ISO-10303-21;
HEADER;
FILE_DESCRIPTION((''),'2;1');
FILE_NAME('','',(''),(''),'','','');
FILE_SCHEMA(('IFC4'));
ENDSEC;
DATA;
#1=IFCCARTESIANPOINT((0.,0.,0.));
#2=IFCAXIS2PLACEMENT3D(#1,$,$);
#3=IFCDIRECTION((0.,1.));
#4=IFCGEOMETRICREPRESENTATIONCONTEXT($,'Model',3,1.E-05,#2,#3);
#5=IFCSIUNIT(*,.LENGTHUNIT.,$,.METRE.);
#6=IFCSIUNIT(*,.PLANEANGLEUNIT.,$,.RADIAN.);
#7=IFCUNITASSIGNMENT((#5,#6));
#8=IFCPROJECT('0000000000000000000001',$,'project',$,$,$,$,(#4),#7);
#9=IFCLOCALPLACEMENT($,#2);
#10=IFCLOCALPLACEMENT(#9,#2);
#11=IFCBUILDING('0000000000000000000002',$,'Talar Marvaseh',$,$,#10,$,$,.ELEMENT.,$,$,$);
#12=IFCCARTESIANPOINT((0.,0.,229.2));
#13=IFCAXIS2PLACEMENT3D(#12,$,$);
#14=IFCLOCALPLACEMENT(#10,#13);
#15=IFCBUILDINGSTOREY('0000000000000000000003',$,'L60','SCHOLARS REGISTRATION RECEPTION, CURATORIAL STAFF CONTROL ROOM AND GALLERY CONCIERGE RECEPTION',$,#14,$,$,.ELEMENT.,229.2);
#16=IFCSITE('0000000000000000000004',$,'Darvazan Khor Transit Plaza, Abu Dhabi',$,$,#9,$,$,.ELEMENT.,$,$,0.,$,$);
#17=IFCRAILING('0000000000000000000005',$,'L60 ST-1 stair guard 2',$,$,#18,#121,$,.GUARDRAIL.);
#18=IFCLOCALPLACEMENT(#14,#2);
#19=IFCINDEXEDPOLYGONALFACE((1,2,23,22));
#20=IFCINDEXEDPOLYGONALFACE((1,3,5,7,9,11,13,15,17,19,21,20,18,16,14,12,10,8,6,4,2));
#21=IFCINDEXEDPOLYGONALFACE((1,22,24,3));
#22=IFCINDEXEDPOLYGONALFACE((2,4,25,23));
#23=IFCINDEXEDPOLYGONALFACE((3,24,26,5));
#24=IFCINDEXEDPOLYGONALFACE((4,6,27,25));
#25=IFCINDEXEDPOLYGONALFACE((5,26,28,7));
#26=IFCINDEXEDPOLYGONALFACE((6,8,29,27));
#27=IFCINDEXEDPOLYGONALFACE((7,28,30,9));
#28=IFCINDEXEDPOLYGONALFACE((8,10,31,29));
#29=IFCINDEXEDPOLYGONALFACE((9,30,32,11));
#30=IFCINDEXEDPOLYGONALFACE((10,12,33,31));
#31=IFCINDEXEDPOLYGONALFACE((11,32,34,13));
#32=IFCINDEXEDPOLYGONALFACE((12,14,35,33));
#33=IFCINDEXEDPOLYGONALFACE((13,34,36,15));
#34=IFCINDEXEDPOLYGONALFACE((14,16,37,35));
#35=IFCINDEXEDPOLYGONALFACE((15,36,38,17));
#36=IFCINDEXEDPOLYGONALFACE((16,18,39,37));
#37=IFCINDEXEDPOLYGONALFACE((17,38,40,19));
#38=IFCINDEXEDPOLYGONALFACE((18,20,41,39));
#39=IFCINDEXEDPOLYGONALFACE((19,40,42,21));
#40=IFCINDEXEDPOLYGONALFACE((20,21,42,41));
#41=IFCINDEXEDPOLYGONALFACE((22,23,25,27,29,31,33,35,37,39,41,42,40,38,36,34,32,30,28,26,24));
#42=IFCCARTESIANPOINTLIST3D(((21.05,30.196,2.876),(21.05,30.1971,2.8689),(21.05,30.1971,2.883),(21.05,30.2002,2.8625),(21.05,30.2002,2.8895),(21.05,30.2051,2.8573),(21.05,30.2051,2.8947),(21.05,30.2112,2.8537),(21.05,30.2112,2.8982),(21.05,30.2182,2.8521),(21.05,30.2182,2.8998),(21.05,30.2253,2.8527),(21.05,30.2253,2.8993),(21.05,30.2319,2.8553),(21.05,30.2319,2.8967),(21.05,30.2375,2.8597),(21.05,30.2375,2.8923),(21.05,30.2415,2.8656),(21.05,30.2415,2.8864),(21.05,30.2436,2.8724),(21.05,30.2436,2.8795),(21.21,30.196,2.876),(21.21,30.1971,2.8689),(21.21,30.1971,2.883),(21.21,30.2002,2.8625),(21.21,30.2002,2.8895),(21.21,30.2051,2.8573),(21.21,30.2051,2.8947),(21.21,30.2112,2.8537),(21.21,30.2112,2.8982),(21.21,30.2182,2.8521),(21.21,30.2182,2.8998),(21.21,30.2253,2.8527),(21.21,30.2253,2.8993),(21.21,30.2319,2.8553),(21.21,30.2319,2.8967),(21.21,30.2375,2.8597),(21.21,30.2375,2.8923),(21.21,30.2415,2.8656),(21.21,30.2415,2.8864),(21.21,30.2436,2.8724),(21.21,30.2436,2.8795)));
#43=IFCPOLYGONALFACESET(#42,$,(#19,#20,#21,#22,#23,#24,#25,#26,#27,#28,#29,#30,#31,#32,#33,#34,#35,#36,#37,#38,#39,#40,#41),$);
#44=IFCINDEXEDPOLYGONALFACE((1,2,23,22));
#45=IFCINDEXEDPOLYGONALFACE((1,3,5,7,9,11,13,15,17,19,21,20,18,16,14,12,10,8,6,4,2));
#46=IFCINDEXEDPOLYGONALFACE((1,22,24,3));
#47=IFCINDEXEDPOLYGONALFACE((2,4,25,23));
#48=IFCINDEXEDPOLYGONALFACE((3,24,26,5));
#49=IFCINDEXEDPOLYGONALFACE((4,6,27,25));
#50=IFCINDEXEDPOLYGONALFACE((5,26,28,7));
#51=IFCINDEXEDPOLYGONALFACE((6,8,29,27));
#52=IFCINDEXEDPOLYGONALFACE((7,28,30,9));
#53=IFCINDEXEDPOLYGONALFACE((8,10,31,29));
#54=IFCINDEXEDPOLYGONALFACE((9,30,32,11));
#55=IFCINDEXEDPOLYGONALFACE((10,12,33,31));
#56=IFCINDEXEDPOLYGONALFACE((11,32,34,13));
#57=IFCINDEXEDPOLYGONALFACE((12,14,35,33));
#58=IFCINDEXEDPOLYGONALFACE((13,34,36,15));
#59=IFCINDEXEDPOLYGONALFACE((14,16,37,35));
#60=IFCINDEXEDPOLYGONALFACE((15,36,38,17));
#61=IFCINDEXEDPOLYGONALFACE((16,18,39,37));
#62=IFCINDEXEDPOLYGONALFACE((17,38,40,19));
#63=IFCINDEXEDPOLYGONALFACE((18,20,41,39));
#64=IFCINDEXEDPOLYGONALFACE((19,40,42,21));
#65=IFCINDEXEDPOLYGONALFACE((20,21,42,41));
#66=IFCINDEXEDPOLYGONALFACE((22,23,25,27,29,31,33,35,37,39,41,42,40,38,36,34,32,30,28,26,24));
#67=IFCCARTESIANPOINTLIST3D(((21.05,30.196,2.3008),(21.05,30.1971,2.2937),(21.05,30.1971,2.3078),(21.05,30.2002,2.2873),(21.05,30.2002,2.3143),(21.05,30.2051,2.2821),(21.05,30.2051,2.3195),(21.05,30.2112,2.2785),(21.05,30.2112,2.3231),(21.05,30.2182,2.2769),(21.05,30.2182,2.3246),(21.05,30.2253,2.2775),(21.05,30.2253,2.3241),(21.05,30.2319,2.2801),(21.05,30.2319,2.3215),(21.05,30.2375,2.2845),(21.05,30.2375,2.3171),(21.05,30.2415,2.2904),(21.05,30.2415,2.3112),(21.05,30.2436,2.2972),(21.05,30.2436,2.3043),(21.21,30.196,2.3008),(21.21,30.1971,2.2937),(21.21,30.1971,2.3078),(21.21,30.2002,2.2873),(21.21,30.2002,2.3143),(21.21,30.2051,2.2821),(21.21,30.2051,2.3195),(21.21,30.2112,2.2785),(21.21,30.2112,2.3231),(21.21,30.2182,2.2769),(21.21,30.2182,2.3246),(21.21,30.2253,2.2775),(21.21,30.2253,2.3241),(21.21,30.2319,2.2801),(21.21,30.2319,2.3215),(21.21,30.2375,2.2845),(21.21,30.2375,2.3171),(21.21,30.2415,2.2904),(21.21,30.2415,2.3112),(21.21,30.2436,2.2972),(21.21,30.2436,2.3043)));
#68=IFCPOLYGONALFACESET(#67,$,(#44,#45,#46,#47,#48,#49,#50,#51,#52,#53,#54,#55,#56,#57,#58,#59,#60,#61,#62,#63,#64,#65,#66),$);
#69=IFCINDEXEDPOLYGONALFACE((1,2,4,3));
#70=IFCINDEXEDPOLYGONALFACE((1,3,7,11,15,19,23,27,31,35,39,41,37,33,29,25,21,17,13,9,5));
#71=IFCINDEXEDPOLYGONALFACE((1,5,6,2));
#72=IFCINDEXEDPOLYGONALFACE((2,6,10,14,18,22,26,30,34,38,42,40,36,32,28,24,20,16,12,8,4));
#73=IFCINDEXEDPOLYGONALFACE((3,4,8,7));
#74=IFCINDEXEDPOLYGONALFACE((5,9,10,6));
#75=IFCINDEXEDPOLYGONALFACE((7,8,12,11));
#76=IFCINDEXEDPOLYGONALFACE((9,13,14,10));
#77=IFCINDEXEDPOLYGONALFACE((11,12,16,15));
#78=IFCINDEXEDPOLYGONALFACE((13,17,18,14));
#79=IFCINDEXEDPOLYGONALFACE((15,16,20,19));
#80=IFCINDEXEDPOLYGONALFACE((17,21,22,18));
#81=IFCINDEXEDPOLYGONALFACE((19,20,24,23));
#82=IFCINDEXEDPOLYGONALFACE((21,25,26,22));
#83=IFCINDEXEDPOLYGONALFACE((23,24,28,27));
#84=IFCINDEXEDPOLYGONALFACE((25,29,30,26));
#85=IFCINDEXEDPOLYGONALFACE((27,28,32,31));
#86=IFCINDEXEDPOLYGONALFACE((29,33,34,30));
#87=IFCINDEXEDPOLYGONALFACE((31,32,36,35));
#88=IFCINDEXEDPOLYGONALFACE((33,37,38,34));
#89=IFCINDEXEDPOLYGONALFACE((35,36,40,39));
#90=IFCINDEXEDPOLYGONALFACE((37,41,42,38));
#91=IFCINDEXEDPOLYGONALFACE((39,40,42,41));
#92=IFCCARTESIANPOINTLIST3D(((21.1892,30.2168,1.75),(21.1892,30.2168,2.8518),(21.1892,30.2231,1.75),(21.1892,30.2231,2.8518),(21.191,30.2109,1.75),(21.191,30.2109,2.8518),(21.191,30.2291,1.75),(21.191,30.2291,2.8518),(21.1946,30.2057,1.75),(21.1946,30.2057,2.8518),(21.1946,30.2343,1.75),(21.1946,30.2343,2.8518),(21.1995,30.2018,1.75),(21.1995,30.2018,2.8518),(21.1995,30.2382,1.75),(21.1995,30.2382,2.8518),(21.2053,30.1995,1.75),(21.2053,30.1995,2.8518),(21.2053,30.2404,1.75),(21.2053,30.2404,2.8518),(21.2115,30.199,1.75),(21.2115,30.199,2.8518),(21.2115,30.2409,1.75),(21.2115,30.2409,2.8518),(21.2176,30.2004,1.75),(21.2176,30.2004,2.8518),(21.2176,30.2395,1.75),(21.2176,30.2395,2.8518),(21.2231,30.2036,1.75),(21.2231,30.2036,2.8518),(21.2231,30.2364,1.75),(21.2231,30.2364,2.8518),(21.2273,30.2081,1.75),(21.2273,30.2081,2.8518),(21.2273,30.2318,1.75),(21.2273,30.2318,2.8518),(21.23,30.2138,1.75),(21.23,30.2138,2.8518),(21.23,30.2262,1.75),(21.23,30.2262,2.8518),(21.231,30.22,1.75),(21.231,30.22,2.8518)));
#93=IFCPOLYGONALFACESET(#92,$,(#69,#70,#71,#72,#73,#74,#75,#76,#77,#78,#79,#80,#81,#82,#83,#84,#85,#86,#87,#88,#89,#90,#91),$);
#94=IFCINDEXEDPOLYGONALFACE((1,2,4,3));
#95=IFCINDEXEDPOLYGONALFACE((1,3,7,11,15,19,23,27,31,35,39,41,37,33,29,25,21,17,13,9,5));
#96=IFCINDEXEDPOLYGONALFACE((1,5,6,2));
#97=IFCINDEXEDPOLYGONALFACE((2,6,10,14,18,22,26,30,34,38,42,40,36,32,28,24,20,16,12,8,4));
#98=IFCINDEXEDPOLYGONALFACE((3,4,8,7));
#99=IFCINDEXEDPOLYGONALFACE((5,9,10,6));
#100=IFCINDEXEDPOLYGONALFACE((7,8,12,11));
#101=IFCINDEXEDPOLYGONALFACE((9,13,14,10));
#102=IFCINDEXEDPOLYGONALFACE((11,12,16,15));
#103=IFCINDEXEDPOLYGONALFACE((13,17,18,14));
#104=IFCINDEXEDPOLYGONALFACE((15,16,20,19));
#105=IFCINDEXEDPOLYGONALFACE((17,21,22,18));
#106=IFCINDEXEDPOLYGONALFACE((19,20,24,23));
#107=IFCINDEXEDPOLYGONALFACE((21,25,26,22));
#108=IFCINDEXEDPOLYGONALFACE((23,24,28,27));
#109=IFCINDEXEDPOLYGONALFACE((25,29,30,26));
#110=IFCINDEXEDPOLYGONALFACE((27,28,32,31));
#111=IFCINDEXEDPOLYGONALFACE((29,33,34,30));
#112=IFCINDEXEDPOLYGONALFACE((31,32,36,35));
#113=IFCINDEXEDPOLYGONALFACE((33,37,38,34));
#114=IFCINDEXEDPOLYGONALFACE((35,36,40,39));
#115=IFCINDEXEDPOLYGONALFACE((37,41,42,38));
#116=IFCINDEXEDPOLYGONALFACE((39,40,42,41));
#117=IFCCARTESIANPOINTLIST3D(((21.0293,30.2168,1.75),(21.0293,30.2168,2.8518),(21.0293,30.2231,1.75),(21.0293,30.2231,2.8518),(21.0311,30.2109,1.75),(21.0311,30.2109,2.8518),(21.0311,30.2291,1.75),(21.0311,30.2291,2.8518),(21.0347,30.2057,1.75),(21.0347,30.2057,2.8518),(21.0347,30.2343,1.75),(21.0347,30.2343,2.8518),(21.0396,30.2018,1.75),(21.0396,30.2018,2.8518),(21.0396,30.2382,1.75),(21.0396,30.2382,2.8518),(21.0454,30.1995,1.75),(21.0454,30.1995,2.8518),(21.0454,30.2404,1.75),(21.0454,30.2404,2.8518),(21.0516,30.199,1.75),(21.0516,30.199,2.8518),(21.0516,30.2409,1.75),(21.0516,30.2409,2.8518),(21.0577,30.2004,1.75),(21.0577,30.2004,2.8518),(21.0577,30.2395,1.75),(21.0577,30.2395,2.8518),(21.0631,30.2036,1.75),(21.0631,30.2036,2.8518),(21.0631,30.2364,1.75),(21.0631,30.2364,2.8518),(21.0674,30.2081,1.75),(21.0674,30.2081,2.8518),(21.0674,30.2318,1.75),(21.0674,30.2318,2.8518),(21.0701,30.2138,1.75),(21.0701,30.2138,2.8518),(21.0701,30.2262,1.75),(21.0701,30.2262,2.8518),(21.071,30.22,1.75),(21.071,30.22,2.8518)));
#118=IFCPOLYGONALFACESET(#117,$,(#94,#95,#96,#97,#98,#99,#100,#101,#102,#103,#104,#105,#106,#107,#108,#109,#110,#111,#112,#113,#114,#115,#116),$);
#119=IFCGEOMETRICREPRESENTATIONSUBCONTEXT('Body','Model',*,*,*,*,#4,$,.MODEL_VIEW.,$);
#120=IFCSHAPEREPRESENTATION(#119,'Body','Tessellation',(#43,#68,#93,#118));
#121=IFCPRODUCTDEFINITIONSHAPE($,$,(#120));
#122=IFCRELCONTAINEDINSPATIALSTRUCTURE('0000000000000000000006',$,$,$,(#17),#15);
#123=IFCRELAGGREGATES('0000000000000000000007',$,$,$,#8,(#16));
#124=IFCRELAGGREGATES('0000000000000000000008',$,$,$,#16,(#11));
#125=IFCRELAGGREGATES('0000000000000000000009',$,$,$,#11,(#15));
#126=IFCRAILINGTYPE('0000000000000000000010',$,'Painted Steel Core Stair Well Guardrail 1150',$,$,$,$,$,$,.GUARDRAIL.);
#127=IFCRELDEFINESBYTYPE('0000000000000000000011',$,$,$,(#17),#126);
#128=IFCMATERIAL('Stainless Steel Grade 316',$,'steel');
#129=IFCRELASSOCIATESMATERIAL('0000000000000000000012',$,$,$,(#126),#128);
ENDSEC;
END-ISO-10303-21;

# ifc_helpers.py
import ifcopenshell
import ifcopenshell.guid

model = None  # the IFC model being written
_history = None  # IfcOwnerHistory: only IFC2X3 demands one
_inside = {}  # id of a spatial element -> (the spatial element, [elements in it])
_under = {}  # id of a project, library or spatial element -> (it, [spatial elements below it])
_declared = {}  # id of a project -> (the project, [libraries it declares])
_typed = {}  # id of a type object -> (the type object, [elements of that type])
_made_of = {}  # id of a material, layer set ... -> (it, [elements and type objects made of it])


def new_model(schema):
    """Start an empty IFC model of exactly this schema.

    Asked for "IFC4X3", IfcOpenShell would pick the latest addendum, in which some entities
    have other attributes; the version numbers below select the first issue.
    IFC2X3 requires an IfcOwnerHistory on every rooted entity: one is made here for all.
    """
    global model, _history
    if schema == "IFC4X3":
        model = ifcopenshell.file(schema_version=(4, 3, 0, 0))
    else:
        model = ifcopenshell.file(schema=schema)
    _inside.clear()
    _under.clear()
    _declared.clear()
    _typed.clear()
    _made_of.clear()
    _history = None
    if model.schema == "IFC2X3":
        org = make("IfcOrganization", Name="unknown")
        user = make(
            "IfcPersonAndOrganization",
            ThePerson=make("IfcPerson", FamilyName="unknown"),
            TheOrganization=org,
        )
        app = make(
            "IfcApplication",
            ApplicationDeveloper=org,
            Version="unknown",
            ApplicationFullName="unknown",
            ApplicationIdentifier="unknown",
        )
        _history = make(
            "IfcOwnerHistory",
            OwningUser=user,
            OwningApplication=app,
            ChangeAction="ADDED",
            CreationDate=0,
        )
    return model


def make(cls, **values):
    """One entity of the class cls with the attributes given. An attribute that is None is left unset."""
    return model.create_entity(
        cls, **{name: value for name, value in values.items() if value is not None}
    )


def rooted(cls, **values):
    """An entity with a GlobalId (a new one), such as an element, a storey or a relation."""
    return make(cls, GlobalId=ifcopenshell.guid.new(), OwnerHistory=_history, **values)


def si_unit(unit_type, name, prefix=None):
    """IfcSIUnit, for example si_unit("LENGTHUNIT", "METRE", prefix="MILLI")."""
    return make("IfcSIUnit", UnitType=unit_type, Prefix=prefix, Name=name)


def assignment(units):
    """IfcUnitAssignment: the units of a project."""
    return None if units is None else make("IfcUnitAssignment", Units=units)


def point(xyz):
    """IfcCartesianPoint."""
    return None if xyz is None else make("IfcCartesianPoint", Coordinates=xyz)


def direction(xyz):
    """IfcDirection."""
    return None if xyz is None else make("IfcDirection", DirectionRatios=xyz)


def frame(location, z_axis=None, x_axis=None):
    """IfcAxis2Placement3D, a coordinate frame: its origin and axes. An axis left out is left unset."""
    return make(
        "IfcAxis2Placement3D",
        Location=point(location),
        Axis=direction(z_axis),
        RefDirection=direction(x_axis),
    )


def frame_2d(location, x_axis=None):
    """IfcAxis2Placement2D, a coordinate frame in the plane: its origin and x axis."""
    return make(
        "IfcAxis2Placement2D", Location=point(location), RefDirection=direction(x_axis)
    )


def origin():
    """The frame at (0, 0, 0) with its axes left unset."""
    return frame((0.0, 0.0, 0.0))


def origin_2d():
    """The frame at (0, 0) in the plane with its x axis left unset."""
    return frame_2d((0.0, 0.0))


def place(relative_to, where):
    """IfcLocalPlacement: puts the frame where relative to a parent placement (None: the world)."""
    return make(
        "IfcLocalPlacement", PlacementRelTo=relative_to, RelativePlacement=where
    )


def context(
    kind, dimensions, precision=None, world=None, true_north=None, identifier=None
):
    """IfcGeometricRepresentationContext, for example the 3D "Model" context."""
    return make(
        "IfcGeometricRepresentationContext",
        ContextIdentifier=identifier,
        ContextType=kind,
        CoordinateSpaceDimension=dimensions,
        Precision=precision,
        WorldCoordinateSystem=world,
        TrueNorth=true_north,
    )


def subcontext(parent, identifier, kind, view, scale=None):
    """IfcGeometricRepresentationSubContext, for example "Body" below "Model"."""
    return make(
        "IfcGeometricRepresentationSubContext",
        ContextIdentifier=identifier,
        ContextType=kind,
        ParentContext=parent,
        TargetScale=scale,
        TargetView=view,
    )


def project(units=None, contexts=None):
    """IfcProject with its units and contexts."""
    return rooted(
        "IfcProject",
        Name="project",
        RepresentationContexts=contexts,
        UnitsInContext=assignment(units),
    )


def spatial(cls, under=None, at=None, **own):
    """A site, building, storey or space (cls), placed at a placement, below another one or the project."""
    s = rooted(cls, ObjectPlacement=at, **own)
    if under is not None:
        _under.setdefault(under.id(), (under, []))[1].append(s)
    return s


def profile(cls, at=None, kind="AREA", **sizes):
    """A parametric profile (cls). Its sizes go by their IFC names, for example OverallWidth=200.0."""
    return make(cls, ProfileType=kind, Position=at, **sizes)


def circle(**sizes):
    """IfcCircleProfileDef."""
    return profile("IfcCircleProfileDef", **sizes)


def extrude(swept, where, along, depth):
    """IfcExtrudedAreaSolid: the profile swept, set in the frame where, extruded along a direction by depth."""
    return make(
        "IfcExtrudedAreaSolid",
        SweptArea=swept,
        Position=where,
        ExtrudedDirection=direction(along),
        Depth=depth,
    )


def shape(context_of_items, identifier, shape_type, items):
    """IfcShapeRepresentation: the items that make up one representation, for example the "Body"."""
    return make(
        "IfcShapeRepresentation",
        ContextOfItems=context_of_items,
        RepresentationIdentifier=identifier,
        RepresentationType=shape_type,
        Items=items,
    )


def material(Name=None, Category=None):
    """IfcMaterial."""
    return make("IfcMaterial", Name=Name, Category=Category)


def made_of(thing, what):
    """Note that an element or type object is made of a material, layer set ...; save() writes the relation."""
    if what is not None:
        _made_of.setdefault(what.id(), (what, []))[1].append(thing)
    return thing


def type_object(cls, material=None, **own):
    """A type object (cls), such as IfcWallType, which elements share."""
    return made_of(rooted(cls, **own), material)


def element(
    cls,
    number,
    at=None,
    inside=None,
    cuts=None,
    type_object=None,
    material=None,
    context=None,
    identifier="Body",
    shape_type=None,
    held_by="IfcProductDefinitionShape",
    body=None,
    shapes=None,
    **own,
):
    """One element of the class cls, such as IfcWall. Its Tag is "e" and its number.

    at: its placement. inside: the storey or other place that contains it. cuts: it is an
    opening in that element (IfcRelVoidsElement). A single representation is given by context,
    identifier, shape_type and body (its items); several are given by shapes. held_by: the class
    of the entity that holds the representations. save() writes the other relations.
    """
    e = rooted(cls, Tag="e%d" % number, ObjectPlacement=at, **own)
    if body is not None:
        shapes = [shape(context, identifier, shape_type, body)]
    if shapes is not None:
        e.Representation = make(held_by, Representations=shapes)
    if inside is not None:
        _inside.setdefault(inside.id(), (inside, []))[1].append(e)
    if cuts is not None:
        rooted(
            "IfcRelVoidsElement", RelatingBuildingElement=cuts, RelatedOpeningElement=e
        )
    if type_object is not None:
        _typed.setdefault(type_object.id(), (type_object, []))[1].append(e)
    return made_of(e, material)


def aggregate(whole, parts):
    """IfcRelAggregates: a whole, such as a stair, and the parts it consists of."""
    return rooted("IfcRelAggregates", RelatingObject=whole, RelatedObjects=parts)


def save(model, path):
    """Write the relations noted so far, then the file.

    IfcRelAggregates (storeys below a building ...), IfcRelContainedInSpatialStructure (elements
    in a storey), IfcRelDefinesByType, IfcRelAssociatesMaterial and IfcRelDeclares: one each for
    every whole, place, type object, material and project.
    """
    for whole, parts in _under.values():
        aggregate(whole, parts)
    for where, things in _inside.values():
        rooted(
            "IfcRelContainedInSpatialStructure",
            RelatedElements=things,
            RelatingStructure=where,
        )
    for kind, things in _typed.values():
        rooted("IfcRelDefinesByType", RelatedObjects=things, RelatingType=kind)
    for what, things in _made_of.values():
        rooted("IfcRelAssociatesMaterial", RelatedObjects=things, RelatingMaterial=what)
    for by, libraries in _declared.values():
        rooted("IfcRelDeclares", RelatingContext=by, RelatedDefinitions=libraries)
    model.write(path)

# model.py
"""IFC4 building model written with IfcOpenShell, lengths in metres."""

from ifc_helpers import new_model, si_unit, direction, frame, origin, origin_2d, place, context, subcontext, project, spatial, circle, extrude, material, type_object, element, save


model = new_model("IFC4")

# Units and contexts
model_context = context("Model", 3, precision=1e-05, world=origin(), true_north=direction((0.0, 1.0)))
body_context = subcontext(model_context, "Body", "Model", "MODEL_VIEW")
ifc_project = project(units=[si_unit("LENGTHUNIT", "METRE"), si_unit("PLANEANGLEUNIT", "RADIAN")], contexts=[model_context])

# Site, building, storey
site_placement = place(None, origin())
site = spatial("IfcSite", under=ifc_project, at=site_placement, Name="Darvazan Khor Transit Plaza, Abu Dhabi", CompositionType="ELEMENT", RefElevation=0.0)
building_placement = place(site_placement, origin())
building = spatial("IfcBuilding", under=site, at=building_placement, Name="Talar Marvaseh", CompositionType="ELEMENT")
storey_placement = place(building_placement, frame((0.0, 0.0, 229.2)))
storey = spatial("IfcBuildingStorey", under=building, at=storey_placement, Name="L60", Description="SCHOLARS REGISTRATION RECEPTION, CURATORIAL STAFF CONTROL ROOM AND GALLERY CONCIERGE RECEPTION", CompositionType="ELEMENT", Elevation=229.2)

# Railing
ifc_material_1 = material(Name="Stainless Steel Grade 316", Category="steel")
railing_type_1 = type_object("IfcRailingType", Name="Painted Steel Core Stair Well Guardrail 1150", PredefinedType="GUARDRAIL", material=ifc_material_1)
railing_1_placement = place(storey_placement, frame((21.21, 30.22, 1.75)))
element("IfcRailing", 1, at=railing_1_placement, inside=storey, type_object=railing_type_1, Name="L60 ST-1 stair guard 2", PredefinedType="GUARDRAIL", context=body_context, shape_type="SweptSolid", body=[
    extrude(circle(Radius=0.0239, at=origin_2d()), frame((0.0, 0.0, 1.126), z_axis=(-1.0, 0.0, 0.0), x_axis=(0.0, -1.0, 0.0)), (0.0, 0.0, 1.0), 0.1599),
    extrude(circle(Radius=0.0239, at=origin_2d()), frame((0.0, 0.0, 0.5508), z_axis=(-1.0, 0.0, 0.0), x_axis=(0.0, -1.0, 0.0)), (0.0, 0.0, 1.0), 0.1599),
    extrude(circle(Radius=0.021, at=origin_2d()), origin(), (0.0, 0.0, 1.0), 1.1018),
    extrude(circle(Radius=0.021, at=origin_2d()), frame((-0.1599, 0.0, 0.0)), (0.0, 0.0, 1.0), 1.1018),
])

save(model, "model.ifc")
